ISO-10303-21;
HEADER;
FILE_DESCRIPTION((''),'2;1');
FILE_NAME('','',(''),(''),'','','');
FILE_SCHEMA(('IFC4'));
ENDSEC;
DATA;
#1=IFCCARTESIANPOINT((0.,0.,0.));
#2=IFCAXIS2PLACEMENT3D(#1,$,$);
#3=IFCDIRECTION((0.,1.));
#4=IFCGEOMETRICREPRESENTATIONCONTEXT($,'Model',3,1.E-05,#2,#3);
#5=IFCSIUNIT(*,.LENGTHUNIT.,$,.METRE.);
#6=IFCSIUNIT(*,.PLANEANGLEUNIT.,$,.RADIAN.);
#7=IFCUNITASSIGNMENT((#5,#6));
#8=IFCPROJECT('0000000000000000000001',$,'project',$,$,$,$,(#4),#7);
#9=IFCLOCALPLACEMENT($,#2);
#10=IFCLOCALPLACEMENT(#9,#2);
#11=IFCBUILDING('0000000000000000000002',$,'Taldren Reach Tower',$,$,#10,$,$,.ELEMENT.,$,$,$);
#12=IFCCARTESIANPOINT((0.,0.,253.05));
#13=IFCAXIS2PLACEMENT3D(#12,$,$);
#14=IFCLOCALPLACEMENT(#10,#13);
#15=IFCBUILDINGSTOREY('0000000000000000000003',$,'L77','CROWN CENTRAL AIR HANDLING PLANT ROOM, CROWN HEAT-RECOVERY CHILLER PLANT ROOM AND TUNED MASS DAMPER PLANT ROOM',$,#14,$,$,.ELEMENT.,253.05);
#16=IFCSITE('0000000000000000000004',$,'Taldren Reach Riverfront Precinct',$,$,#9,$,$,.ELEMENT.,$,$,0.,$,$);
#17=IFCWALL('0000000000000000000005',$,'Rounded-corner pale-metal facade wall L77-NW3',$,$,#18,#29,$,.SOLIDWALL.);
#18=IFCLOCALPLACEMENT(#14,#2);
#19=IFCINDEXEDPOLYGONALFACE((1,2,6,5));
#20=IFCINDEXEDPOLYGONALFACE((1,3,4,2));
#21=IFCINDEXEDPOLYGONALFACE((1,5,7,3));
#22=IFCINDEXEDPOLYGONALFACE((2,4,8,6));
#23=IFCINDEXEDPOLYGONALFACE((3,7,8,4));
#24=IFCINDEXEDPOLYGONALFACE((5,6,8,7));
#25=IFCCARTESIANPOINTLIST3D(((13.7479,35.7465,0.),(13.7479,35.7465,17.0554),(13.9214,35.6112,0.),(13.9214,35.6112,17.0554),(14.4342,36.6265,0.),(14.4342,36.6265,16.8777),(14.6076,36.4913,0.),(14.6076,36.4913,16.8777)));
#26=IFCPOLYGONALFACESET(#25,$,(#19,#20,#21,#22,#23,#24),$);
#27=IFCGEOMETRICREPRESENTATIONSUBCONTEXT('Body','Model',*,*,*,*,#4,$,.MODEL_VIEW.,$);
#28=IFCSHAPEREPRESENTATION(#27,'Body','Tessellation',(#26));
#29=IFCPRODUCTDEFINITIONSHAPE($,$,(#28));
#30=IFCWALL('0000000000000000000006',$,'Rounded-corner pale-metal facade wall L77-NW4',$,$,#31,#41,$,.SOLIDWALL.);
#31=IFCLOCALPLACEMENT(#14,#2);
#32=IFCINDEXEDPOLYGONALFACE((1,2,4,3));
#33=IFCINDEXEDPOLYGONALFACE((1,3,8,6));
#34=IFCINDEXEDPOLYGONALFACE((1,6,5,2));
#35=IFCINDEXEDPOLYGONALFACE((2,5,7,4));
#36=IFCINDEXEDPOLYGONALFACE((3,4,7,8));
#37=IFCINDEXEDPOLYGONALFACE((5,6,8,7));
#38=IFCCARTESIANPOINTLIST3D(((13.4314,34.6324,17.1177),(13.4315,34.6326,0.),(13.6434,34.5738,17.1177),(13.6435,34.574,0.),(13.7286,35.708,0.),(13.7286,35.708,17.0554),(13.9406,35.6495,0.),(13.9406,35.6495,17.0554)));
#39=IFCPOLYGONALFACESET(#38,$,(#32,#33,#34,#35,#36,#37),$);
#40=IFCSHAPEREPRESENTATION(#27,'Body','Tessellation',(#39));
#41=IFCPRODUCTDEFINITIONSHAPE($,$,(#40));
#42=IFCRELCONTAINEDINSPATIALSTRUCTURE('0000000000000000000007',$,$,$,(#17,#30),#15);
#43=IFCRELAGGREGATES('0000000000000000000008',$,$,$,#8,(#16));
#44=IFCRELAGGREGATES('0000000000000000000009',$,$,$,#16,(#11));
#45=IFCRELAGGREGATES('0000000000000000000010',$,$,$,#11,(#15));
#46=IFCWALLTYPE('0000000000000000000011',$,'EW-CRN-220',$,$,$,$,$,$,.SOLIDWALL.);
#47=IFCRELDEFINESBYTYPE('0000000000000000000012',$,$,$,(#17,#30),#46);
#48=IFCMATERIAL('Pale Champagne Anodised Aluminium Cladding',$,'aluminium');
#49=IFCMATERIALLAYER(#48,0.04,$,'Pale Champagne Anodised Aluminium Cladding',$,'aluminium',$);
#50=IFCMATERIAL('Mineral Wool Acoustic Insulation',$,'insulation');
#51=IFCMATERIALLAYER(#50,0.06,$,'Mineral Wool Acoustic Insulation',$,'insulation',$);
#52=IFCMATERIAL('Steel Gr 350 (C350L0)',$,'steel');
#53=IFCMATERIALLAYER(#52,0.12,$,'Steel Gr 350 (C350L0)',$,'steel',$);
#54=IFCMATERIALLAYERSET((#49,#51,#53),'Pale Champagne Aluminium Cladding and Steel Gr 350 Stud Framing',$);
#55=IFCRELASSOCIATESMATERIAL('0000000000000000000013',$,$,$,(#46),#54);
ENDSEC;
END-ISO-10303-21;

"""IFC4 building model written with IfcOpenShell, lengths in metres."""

from ifc_helpers import new_model, si_unit, direction, frame, origin, place, context, subcontext, project, spatial, polyline, outline, extrude, material, layer, layer_set, type_object, element, save


model = new_model("IFC4")

# Units and contexts
model_context = context("Model", 3, precision=1e-05, world=origin(), true_north=direction((0.0, 1.0)))
body_context = subcontext(model_context, "Body", "Model", "MODEL_VIEW")
ifc_project = project(units=[si_unit("LENGTHUNIT", "METRE"), si_unit("PLANEANGLEUNIT", "RADIAN")], contexts=[model_context])

# Site, building, storey
site_placement = place(None, origin())
site = spatial("IfcSite", under=ifc_project, at=site_placement, Name="Taldren Reach Riverfront Precinct", CompositionType="ELEMENT", RefElevation=0.0)
building_placement = place(site_placement, origin())
building = spatial("IfcBuilding", under=site, at=building_placement, Name="Taldren Reach Tower", CompositionType="ELEMENT")
storey_placement = place(building_placement, frame((0.0, 0.0, 253.05)))
storey = spatial("IfcBuildingStorey", under=building, at=storey_placement, Name="L77", Description="CROWN CENTRAL AIR HANDLING PLANT ROOM, CROWN HEAT-RECOVERY CHILLER PLANT ROOM AND TUNED MASS DAMPER PLANT ROOM", CompositionType="ELEMENT", Elevation=253.05)

# Shared definitions
ifc_material_1 = material(Name="Steel Gr 350 (C350L0)", Category="steel")

# Walls
ifc_material_2 = material(Name="Pale Champagne Anodised Aluminium Cladding", Category="aluminium")
ifc_layer_1 = layer(ifc_material_2, 0.04, Name="Pale Champagne Anodised Aluminium Cladding", Category="aluminium")
ifc_material_3 = material(Name="Mineral Wool Acoustic Insulation", Category="insulation")
ifc_layer_2 = layer(ifc_material_3, 0.06, Name="Mineral Wool Acoustic Insulation", Category="insulation")
ifc_layer_3 = layer(ifc_material_1, 0.12, Name="Steel Gr 350 (C350L0)", Category="steel")
ifc_layer_set_1 = layer_set([ifc_layer_1, ifc_layer_2, ifc_layer_3], Name="Pale Champagne Aluminium Cladding and Steel Gr 350 Stud Framing")
wall_type = type_object("IfcWallType", Name="EW-CRN-220", PredefinedType="SOLIDWALL", material=ifc_layer_set_1)
wall_1_placement = place(storey_placement, frame((14.521, 36.5588, 0.0), z_axis=(0.0, 0.0, 1.0), x_axis=(-0.614909, -0.788598, 0.0)))
element("IfcWall", 1, at=wall_1_placement, inside=storey, type_object=wall_type, Name="Rounded-corner pale-metal facade wall L77-NW3", PredefinedType="SOLIDWALL", context=body_context, shape_type="SweptSolid", body=[
    extrude(outline(polyline([(0.0, 0.0), (1.116, 0.0), (1.116, 17.0554), (0.0, 16.8777), (0.0, 0.0)])), frame((0.0, 0.1099, 0.0), z_axis=(0.0, -1.0, 0.0), x_axis=(1.0, 0.0, 0.0)), (0.0, 0.0, 1.0), 0.22),
])
wall_2_placement = place(storey_placement, frame((13.8347, 35.6787, 0.0), z_axis=(0.0, 0.0, 1.0), x_axis=(-0.266301, -0.96389, 0.0)))
element("IfcWall", 2, at=wall_2_placement, inside=storey, type_object=wall_type, Name="Rounded-corner pale-metal facade wall L77-NW4", PredefinedType="SOLIDWALL", context=body_context, shape_type="SweptSolid", body=[
    extrude(outline(polyline([(0.0, 0.0), (1.1157, 0.0), (1.116, 17.1177), (0.0, 17.0554), (0.0, 0.0)])), frame((0.0, 0.1099, 0.0), z_axis=(0.0, -1.0, 0.0), x_axis=(1.0, 0.0, 0.0)), (0.0, 0.0, 1.0), 0.22),
])

save(model, "model.ifc")
